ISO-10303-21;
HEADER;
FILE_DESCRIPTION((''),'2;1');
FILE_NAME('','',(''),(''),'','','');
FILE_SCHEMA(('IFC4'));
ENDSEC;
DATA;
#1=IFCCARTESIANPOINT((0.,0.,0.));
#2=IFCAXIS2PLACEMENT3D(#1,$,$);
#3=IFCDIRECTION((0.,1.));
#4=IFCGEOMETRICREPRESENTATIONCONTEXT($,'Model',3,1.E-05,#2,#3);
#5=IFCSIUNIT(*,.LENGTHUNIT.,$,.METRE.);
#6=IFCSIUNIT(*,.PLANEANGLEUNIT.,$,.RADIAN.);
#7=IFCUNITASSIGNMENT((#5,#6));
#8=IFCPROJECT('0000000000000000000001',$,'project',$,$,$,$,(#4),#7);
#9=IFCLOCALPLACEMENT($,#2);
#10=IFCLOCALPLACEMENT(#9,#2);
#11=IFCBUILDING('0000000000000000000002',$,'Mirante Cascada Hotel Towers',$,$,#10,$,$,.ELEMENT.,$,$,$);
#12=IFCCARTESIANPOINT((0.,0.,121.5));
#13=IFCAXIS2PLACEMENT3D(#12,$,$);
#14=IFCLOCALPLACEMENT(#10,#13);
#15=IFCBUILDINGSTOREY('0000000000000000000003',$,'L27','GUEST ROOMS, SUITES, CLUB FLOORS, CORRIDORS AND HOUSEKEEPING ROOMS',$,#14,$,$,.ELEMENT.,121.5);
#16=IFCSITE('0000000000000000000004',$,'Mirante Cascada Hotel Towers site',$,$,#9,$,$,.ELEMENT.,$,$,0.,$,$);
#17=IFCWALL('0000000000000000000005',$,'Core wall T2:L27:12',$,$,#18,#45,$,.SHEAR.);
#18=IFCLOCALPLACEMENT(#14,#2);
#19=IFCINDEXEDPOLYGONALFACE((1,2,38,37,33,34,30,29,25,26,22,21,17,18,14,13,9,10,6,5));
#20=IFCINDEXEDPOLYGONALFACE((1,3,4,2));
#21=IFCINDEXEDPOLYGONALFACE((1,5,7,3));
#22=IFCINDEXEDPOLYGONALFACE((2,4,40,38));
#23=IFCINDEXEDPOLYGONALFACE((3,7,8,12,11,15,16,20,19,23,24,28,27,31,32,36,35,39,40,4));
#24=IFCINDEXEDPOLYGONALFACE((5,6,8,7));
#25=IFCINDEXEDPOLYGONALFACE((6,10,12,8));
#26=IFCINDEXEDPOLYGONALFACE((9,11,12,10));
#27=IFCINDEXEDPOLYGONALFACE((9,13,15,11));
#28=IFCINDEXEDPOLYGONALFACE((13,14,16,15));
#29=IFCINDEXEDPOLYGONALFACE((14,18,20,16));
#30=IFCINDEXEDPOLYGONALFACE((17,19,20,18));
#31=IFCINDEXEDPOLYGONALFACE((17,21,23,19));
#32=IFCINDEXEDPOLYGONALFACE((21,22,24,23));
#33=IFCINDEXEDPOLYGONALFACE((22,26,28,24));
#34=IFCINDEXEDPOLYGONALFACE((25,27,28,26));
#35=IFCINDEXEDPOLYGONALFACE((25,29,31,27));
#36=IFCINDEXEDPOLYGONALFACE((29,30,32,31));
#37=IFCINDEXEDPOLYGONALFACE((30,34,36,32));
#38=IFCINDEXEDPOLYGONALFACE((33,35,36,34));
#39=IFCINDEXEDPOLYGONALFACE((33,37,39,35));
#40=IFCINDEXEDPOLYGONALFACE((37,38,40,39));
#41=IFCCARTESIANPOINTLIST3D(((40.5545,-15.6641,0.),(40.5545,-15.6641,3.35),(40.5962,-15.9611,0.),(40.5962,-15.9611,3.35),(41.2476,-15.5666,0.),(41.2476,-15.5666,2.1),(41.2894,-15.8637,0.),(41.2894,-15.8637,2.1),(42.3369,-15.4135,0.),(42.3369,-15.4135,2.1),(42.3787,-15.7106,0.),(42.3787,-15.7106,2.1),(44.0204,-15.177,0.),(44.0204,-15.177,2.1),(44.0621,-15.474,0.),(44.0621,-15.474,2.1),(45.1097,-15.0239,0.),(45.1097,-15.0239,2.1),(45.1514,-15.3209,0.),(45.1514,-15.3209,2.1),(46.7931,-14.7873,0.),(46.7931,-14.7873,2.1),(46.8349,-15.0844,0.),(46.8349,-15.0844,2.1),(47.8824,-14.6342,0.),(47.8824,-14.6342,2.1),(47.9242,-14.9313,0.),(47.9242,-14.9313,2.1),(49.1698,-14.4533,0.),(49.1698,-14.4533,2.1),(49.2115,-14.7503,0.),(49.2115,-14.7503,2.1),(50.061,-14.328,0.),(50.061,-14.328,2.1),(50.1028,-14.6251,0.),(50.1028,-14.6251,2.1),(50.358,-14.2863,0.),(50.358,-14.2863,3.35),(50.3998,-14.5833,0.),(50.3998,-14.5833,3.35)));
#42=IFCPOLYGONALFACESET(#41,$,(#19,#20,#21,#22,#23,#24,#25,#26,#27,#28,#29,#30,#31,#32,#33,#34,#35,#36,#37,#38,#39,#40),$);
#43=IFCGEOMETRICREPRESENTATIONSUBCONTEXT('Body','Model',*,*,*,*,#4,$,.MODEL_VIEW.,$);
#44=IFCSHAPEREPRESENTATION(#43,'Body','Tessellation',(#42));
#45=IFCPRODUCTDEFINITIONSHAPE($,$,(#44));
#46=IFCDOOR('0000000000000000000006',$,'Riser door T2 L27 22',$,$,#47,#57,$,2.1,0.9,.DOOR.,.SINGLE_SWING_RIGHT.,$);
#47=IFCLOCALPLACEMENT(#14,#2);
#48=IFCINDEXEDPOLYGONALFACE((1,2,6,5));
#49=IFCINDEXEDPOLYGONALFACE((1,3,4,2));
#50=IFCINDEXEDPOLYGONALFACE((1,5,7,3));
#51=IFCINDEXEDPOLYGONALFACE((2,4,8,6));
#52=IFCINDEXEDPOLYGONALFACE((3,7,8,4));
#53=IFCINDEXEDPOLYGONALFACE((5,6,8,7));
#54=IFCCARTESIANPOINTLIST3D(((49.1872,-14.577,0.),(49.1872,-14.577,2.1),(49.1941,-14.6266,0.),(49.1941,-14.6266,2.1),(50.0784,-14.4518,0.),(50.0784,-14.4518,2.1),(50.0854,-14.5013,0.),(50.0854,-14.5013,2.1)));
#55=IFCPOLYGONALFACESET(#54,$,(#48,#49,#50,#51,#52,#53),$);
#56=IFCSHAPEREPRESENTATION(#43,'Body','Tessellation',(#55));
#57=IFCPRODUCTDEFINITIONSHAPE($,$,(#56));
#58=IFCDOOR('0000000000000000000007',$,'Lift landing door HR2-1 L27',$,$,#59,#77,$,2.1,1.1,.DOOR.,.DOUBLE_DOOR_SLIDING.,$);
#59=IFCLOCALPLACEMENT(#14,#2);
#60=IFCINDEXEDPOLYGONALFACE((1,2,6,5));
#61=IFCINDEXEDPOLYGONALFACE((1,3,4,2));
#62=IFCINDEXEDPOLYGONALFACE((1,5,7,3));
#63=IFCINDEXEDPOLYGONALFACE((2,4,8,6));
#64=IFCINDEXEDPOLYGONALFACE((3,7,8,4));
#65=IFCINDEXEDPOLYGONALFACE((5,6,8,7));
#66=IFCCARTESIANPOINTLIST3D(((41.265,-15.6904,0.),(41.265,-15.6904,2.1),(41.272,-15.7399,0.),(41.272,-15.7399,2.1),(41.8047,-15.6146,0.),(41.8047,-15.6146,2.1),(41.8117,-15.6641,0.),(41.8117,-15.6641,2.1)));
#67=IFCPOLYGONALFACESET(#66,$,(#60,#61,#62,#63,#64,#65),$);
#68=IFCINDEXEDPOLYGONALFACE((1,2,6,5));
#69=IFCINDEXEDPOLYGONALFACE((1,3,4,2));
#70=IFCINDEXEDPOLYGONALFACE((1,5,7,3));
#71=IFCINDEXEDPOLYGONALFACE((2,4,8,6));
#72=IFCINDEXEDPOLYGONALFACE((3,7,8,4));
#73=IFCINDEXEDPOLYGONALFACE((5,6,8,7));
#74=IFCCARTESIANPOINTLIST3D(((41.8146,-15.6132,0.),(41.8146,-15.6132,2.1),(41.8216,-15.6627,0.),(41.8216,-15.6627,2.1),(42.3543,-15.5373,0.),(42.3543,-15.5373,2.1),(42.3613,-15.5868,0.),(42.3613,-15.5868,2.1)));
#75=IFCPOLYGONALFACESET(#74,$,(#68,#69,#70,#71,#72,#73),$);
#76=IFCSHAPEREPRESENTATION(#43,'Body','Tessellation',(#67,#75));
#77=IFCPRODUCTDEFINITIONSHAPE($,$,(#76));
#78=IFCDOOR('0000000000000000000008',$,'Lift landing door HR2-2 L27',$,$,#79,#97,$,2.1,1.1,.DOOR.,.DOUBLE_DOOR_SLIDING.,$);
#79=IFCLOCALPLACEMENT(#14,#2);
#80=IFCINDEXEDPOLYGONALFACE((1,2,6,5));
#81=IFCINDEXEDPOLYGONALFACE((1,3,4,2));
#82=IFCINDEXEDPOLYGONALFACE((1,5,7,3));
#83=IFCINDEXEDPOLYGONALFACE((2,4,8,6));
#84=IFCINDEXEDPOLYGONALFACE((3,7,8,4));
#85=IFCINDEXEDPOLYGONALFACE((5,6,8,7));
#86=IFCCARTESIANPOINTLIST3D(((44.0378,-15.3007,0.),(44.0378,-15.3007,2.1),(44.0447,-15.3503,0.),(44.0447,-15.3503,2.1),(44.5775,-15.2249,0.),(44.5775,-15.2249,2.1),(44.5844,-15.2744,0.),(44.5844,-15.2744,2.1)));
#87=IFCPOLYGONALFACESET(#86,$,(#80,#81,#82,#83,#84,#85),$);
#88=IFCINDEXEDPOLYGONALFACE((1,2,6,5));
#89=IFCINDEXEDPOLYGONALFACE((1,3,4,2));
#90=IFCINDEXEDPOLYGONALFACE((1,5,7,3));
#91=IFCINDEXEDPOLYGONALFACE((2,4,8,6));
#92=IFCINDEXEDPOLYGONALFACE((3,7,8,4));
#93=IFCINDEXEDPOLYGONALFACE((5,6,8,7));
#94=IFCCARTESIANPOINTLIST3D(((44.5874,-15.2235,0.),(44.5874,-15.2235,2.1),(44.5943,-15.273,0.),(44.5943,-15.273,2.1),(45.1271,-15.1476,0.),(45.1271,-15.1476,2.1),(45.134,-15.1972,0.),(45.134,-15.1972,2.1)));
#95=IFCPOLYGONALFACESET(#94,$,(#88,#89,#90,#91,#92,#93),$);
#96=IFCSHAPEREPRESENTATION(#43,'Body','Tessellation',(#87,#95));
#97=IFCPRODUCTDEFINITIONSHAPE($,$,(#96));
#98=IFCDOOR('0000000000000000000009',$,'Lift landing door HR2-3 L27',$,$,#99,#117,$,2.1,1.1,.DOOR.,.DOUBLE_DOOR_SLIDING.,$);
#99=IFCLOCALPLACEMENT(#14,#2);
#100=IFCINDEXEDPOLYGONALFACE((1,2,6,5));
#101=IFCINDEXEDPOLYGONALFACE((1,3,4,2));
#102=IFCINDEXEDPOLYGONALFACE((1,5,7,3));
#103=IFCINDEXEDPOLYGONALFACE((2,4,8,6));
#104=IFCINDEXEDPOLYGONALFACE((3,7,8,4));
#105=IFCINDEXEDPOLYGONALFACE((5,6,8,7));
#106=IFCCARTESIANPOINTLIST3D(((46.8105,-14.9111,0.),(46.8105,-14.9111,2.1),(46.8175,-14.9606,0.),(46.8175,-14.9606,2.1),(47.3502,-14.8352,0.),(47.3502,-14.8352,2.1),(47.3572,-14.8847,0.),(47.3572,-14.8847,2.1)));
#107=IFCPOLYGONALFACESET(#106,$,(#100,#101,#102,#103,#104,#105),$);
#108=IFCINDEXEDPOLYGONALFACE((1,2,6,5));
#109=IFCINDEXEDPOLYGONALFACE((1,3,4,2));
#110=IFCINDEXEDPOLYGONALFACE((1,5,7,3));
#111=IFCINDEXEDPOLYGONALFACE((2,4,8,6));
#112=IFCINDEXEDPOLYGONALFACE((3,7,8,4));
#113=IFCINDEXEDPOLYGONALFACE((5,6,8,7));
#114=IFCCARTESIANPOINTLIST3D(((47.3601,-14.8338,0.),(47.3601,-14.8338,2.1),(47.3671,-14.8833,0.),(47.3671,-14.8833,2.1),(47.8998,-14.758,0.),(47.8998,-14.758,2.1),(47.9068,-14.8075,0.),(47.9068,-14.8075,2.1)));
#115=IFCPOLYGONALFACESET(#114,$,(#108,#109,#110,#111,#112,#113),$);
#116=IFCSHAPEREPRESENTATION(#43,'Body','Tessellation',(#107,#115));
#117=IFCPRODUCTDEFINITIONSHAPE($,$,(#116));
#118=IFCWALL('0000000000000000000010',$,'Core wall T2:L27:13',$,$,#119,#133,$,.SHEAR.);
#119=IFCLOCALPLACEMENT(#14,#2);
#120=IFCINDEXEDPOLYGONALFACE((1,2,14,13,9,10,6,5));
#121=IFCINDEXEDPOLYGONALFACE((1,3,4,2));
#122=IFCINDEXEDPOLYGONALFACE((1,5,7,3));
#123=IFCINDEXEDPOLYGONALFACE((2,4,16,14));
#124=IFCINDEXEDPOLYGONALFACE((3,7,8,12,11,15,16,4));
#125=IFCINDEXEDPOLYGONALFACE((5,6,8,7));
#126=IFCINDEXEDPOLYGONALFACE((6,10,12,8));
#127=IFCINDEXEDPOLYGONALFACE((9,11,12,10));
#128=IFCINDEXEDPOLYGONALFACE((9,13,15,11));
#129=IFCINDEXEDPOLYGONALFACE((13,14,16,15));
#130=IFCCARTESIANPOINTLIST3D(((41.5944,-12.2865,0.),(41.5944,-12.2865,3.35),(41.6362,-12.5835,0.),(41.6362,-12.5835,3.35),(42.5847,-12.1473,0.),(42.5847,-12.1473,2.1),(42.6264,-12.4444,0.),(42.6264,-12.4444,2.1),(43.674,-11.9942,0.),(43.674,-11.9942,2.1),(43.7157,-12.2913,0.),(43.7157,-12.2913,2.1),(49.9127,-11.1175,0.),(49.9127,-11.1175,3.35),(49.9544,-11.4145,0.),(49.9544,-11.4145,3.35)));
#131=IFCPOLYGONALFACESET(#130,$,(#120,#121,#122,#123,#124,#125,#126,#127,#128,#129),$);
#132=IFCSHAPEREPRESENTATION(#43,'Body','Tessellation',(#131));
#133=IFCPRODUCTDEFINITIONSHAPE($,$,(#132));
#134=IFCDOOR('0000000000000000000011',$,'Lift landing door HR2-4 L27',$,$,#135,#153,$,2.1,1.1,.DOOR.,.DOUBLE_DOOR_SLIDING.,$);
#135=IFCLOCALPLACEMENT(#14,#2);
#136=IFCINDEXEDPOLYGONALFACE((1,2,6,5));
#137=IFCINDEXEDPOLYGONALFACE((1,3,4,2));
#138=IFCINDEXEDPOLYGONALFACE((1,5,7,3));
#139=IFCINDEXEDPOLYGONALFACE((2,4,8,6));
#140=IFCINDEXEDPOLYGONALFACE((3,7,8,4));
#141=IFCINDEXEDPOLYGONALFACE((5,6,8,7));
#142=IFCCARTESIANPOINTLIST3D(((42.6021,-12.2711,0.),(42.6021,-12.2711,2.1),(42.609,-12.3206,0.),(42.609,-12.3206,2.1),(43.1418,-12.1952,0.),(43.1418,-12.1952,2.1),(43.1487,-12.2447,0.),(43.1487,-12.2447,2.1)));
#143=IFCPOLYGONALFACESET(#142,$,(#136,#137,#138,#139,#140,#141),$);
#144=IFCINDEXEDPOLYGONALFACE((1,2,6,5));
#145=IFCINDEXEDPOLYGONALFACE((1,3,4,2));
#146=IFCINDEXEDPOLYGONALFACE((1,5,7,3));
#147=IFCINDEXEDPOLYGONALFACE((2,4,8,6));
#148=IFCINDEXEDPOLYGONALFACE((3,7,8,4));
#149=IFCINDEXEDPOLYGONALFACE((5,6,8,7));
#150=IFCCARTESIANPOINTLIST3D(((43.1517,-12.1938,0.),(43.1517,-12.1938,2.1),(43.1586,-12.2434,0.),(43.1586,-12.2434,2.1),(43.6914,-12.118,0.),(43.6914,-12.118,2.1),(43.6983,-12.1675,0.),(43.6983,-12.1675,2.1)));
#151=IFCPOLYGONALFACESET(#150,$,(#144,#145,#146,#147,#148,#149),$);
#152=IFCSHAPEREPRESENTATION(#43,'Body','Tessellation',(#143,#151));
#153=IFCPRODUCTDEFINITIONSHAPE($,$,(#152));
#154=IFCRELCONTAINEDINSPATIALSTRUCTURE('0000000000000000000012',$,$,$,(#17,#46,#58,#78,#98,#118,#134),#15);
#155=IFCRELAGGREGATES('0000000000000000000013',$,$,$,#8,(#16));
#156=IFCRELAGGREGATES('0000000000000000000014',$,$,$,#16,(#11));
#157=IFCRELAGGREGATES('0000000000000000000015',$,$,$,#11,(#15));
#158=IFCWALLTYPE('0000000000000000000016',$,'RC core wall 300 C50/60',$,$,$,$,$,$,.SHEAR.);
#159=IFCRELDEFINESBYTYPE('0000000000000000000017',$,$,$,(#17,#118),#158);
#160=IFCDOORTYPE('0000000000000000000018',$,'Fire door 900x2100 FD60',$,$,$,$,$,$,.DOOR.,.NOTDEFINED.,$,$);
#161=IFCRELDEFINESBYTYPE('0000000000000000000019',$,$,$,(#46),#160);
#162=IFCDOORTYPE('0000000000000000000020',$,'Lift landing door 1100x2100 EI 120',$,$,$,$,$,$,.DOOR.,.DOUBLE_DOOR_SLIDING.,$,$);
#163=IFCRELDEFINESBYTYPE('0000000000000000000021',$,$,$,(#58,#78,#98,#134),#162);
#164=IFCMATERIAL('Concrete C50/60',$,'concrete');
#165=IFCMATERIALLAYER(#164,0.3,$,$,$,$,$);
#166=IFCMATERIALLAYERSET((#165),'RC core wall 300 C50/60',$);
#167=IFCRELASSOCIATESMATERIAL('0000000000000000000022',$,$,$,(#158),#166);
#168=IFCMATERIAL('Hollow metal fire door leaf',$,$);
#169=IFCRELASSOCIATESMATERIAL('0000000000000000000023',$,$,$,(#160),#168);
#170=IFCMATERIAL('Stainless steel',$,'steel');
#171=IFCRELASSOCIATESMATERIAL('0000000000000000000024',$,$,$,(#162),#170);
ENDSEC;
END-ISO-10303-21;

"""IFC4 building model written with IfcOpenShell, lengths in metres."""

from ifc_helpers import new_model, si_unit, direction, frame, frame_2d, origin, place, context, subcontext, project, spatial, rectangle, extrude, material, layer, layer_set, type_object, element, fill, save


model = new_model("IFC4")

# Units and contexts
model_context = context("Model", 3, precision=1e-05, world=origin(), true_north=direction((0.0, 1.0)))
body_context = subcontext(model_context, "Body", "Model", "MODEL_VIEW")
ifc_project = project(units=[si_unit("LENGTHUNIT", "METRE"), si_unit("PLANEANGLEUNIT", "RADIAN")], contexts=[model_context])

# Site, building, storey
site_placement = place(None, origin())
site = spatial("IfcSite", under=ifc_project, at=site_placement, Name="Mirante Cascada Hotel Towers site", CompositionType="ELEMENT", RefElevation=0.0)
building_placement = place(site_placement, origin())
building = spatial("IfcBuilding", under=site, at=building_placement, Name="Mirante Cascada Hotel Towers", CompositionType="ELEMENT")
storey_placement = place(building_placement, frame((0.0, 0.0, 121.5)))
storey = spatial("IfcBuildingStorey", under=building, at=storey_placement, Name="L27", Description="GUEST ROOMS, SUITES, CLUB FLOORS, CORRIDORS AND HOUSEKEEPING ROOMS", CompositionType="ELEMENT", Elevation=121.5)

# Shared definitions
ifc_material_1 = material(Name="Concrete C50/60", Category="concrete")
ifc_layer_1 = layer(ifc_material_1, 0.3)
ifc_layer_set_1 = layer_set([ifc_layer_1], Name="RC core wall 300 C50/60")
wall_type_1 = type_object("IfcWallType", Name="RC core wall 300 C50/60", PredefinedType="SHEAR", material=ifc_layer_set_1)

# Wall, openings, doors
wall_1_placement = place(storey_placement, frame((40.5753, -15.8126, 0.0), z_axis=(0.0, 0.0, 1.0), x_axis=(0.990268, 0.139173, 0.0)))
wall_1 = element("IfcWall", 1, at=wall_1_placement, inside=storey, type_object=wall_type_1, Name="Core wall T2:L27:12", PredefinedType="SHEAR", context=body_context, shape_type="SweptSolid", body=[
    extrude(rectangle(XDim=9.8999, YDim=0.3, at=frame_2d((4.95, 0.0))), origin(), (0.0, 0.0, 1.0), 3.35),
])
opening_1_placement = place(wall_1_placement, frame((0.7, 0.0, 0.0)))
opening_1 = element("IfcOpeningElement", 2, at=opening_1_placement, cuts=wall_1, PredefinedType="OPENING", context=body_context, shape_type="SweptSolid", body=[
    extrude(rectangle(XDim=1.1, YDim=2.1, at=frame_2d((0.55, 1.05))), frame((0.0, 0.15, 0.0), z_axis=(0.0, -1.0, 0.0), x_axis=(1.0, 0.0, 0.0)), (0.0, 0.0, 1.0), 0.3),
])
opening_2_placement = place(wall_1_placement, frame((3.5, 0.0, 0.0)))
opening_2 = element("IfcOpeningElement", 3, at=opening_2_placement, cuts=wall_1, PredefinedType="OPENING", context=body_context, shape_type="SweptSolid", body=[
    extrude(rectangle(XDim=1.1, YDim=2.1, at=frame_2d((0.55, 1.05))), frame((0.0, 0.15, 0.0), z_axis=(0.0, -1.0, 0.0), x_axis=(1.0, 0.0, 0.0)), (0.0, 0.0, 1.0), 0.3),
])
opening_3_placement = place(wall_1_placement, frame((6.3, 0.0, 0.0)))
opening_3 = element("IfcOpeningElement", 4, at=opening_3_placement, cuts=wall_1, PredefinedType="OPENING", context=body_context, shape_type="SweptSolid", body=[
    extrude(rectangle(XDim=1.1, YDim=2.1, at=frame_2d((0.55, 1.05))), frame((0.0, 0.15, 0.0), z_axis=(0.0, -1.0, 0.0), x_axis=(1.0, 0.0, 0.0)), (0.0, 0.0, 1.0), 0.3),
])
opening_4_placement = place(wall_1_placement, frame((8.7, 0.0, 0.0)))
opening_4 = element("IfcOpeningElement", 5, at=opening_4_placement, cuts=wall_1, PredefinedType="OPENING", context=body_context, shape_type="SweptSolid", body=[
    extrude(rectangle(XDim=0.9, YDim=2.1, at=frame_2d((0.45, 1.05))), frame((0.0, 0.15, 0.0), z_axis=(0.0, -1.0, 0.0), x_axis=(1.0, 0.0, 0.0)), (0.0, 0.0, 1.0), 0.3),
])
ifc_material_2 = material(Name="Hollow metal fire door leaf")
door_type_1 = type_object("IfcDoorType", Name="Fire door 900x2100 FD60", OperationType="NOTDEFINED", PredefinedType="DOOR", material=ifc_material_2)
door_1_placement = place(opening_4_placement, frame((0.9, 0.0, 0.0), z_axis=(0.0, 0.0, 1.0), x_axis=(-1.0, 0.0, 0.0)))
door_1 = element("IfcDoor", 6, at=door_1_placement, inside=storey, type_object=door_type_1, Name="Riser door T2 L27 22", OperationType="SINGLE_SWING_RIGHT", OverallHeight=2.1, OverallWidth=0.9, PredefinedType="DOOR", context=body_context, shape_type="SweptSolid", body=[
    extrude(rectangle(XDim=0.9, YDim=2.1, at=frame_2d((0.45, 1.05))), frame((0.0, 0.025, 0.0), z_axis=(0.0, -1.0, 0.0), x_axis=(1.0, 0.0, 0.0)), (0.0, 0.0, 1.0), 0.05),
])
fill(opening_4, door_1)
ifc_material_3 = material(Name="Stainless steel", Category="steel")
door_type_2 = type_object("IfcDoorType", Name="Lift landing door 1100x2100 EI 120", OperationType="DOUBLE_DOOR_SLIDING", PredefinedType="DOOR", material=ifc_material_3)
door_2_placement = place(opening_1_placement, origin())
door_2 = element("IfcDoor", 7, at=door_2_placement, inside=storey, type_object=door_type_2, Name="Lift landing door HR2-1 L27", OperationType="DOUBLE_DOOR_SLIDING", OverallHeight=2.1, OverallWidth=1.1, PredefinedType="DOOR", context=body_context, shape_type="SweptSolid", body=[
    extrude(rectangle(XDim=0.545, YDim=2.1, at=frame_2d((0.2725, 1.05))), frame((0.0, 0.025, 0.0), z_axis=(0.0, -1.0, 0.0), x_axis=(1.0, 0.0, 0.0)), (0.0, 0.0, 1.0), 0.05),
    extrude(rectangle(XDim=0.545, YDim=2.1, at=frame_2d((0.8275, 1.05))), frame((0.0, 0.025, 0.0), z_axis=(0.0, -1.0, 0.0), x_axis=(1.0, 0.0, 0.0)), (0.0, 0.0, 1.0), 0.05),
])
fill(opening_1, door_2)
door_3_placement = place(opening_2_placement, origin())
door_3 = element("IfcDoor", 8, at=door_3_placement, inside=storey, type_object=door_type_2, Name="Lift landing door HR2-2 L27", OperationType="DOUBLE_DOOR_SLIDING", OverallHeight=2.1, OverallWidth=1.1, PredefinedType="DOOR", context=body_context, shape_type="SweptSolid", body=[
    extrude(rectangle(XDim=0.545, YDim=2.1, at=frame_2d((0.2725, 1.05))), frame((0.0, 0.025, 0.0), z_axis=(0.0, -1.0, 0.0), x_axis=(1.0, 0.0, 0.0)), (0.0, 0.0, 1.0), 0.05),
    extrude(rectangle(XDim=0.545, YDim=2.1, at=frame_2d((0.8275, 1.05))), frame((0.0, 0.025, 0.0), z_axis=(0.0, -1.0, 0.0), x_axis=(1.0, 0.0, 0.0)), (0.0, 0.0, 1.0), 0.05),
])
fill(opening_2, door_3)
door_4_placement = place(opening_3_placement, origin())
door_4 = element("IfcDoor", 9, at=door_4_placement, inside=storey, type_object=door_type_2, Name="Lift landing door HR2-3 L27", OperationType="DOUBLE_DOOR_SLIDING", OverallHeight=2.1, OverallWidth=1.1, PredefinedType="DOOR", context=body_context, shape_type="SweptSolid", body=[
    extrude(rectangle(XDim=0.545, YDim=2.1, at=frame_2d((0.2725, 1.05))), frame((0.0, 0.025, 0.0), z_axis=(0.0, -1.0, 0.0), x_axis=(1.0, 0.0, 0.0)), (0.0, 0.0, 1.0), 0.05),
    extrude(rectangle(XDim=0.545, YDim=2.1, at=frame_2d((0.8275, 1.05))), frame((0.0, 0.025, 0.0), z_axis=(0.0, -1.0, 0.0), x_axis=(1.0, 0.0, 0.0)), (0.0, 0.0, 1.0), 0.05),
])
fill(opening_3, door_4)

# Wall, opening, door
wall_2_placement = place(storey_placement, frame((41.6153, -12.435, 0.0), z_axis=(0.0, 0.0, 1.0), x_axis=(0.990269, 0.139166, 0.0)))
wall_2 = element("IfcWall", 10, at=wall_2_placement, inside=storey, type_object=wall_type_1, Name="Core wall T2:L27:13", PredefinedType="SHEAR", context=body_context, shape_type="SweptSolid", body=[
    extrude(rectangle(XDim=8.4, YDim=0.3, at=frame_2d((4.2, 0.0))), origin(), (0.0, 0.0, 1.0), 3.35),
])
opening_5_placement = place(wall_2_placement, frame((1.0, 0.0, 0.0)))
opening_5 = element("IfcOpeningElement", 11, at=opening_5_placement, cuts=wall_2, PredefinedType="OPENING", context=body_context, shape_type="SweptSolid", body=[
    extrude(rectangle(XDim=1.1, YDim=2.1, at=frame_2d((0.55, 1.05))), frame((0.0, 0.15, 0.0), z_axis=(0.0, -1.0, 0.0), x_axis=(1.0, 0.0, 0.0)), (0.0, 0.0, 1.0), 0.3),
])
door_5_placement = place(opening_5_placement, origin())
door_5 = element("IfcDoor", 12, at=door_5_placement, inside=storey, type_object=door_type_2, Name="Lift landing door HR2-4 L27", OperationType="DOUBLE_DOOR_SLIDING", OverallHeight=2.1, OverallWidth=1.1, PredefinedType="DOOR", context=body_context, shape_type="SweptSolid", body=[
    extrude(rectangle(XDim=0.545, YDim=2.1, at=frame_2d((0.2725, 1.05))), frame((0.0, 0.025, 0.0), z_axis=(0.0, -1.0, 0.0), x_axis=(1.0, 0.0, 0.0)), (0.0, 0.0, 1.0), 0.05),
    extrude(rectangle(XDim=0.545, YDim=2.1, at=frame_2d((0.8275, 1.05))), frame((0.0, 0.025, 0.0), z_axis=(0.0, -1.0, 0.0), x_axis=(1.0, 0.0, 0.0)), (0.0, 0.0, 1.0), 0.05),
])
fill(opening_5, door_5)

save(model, "model.ifc")
